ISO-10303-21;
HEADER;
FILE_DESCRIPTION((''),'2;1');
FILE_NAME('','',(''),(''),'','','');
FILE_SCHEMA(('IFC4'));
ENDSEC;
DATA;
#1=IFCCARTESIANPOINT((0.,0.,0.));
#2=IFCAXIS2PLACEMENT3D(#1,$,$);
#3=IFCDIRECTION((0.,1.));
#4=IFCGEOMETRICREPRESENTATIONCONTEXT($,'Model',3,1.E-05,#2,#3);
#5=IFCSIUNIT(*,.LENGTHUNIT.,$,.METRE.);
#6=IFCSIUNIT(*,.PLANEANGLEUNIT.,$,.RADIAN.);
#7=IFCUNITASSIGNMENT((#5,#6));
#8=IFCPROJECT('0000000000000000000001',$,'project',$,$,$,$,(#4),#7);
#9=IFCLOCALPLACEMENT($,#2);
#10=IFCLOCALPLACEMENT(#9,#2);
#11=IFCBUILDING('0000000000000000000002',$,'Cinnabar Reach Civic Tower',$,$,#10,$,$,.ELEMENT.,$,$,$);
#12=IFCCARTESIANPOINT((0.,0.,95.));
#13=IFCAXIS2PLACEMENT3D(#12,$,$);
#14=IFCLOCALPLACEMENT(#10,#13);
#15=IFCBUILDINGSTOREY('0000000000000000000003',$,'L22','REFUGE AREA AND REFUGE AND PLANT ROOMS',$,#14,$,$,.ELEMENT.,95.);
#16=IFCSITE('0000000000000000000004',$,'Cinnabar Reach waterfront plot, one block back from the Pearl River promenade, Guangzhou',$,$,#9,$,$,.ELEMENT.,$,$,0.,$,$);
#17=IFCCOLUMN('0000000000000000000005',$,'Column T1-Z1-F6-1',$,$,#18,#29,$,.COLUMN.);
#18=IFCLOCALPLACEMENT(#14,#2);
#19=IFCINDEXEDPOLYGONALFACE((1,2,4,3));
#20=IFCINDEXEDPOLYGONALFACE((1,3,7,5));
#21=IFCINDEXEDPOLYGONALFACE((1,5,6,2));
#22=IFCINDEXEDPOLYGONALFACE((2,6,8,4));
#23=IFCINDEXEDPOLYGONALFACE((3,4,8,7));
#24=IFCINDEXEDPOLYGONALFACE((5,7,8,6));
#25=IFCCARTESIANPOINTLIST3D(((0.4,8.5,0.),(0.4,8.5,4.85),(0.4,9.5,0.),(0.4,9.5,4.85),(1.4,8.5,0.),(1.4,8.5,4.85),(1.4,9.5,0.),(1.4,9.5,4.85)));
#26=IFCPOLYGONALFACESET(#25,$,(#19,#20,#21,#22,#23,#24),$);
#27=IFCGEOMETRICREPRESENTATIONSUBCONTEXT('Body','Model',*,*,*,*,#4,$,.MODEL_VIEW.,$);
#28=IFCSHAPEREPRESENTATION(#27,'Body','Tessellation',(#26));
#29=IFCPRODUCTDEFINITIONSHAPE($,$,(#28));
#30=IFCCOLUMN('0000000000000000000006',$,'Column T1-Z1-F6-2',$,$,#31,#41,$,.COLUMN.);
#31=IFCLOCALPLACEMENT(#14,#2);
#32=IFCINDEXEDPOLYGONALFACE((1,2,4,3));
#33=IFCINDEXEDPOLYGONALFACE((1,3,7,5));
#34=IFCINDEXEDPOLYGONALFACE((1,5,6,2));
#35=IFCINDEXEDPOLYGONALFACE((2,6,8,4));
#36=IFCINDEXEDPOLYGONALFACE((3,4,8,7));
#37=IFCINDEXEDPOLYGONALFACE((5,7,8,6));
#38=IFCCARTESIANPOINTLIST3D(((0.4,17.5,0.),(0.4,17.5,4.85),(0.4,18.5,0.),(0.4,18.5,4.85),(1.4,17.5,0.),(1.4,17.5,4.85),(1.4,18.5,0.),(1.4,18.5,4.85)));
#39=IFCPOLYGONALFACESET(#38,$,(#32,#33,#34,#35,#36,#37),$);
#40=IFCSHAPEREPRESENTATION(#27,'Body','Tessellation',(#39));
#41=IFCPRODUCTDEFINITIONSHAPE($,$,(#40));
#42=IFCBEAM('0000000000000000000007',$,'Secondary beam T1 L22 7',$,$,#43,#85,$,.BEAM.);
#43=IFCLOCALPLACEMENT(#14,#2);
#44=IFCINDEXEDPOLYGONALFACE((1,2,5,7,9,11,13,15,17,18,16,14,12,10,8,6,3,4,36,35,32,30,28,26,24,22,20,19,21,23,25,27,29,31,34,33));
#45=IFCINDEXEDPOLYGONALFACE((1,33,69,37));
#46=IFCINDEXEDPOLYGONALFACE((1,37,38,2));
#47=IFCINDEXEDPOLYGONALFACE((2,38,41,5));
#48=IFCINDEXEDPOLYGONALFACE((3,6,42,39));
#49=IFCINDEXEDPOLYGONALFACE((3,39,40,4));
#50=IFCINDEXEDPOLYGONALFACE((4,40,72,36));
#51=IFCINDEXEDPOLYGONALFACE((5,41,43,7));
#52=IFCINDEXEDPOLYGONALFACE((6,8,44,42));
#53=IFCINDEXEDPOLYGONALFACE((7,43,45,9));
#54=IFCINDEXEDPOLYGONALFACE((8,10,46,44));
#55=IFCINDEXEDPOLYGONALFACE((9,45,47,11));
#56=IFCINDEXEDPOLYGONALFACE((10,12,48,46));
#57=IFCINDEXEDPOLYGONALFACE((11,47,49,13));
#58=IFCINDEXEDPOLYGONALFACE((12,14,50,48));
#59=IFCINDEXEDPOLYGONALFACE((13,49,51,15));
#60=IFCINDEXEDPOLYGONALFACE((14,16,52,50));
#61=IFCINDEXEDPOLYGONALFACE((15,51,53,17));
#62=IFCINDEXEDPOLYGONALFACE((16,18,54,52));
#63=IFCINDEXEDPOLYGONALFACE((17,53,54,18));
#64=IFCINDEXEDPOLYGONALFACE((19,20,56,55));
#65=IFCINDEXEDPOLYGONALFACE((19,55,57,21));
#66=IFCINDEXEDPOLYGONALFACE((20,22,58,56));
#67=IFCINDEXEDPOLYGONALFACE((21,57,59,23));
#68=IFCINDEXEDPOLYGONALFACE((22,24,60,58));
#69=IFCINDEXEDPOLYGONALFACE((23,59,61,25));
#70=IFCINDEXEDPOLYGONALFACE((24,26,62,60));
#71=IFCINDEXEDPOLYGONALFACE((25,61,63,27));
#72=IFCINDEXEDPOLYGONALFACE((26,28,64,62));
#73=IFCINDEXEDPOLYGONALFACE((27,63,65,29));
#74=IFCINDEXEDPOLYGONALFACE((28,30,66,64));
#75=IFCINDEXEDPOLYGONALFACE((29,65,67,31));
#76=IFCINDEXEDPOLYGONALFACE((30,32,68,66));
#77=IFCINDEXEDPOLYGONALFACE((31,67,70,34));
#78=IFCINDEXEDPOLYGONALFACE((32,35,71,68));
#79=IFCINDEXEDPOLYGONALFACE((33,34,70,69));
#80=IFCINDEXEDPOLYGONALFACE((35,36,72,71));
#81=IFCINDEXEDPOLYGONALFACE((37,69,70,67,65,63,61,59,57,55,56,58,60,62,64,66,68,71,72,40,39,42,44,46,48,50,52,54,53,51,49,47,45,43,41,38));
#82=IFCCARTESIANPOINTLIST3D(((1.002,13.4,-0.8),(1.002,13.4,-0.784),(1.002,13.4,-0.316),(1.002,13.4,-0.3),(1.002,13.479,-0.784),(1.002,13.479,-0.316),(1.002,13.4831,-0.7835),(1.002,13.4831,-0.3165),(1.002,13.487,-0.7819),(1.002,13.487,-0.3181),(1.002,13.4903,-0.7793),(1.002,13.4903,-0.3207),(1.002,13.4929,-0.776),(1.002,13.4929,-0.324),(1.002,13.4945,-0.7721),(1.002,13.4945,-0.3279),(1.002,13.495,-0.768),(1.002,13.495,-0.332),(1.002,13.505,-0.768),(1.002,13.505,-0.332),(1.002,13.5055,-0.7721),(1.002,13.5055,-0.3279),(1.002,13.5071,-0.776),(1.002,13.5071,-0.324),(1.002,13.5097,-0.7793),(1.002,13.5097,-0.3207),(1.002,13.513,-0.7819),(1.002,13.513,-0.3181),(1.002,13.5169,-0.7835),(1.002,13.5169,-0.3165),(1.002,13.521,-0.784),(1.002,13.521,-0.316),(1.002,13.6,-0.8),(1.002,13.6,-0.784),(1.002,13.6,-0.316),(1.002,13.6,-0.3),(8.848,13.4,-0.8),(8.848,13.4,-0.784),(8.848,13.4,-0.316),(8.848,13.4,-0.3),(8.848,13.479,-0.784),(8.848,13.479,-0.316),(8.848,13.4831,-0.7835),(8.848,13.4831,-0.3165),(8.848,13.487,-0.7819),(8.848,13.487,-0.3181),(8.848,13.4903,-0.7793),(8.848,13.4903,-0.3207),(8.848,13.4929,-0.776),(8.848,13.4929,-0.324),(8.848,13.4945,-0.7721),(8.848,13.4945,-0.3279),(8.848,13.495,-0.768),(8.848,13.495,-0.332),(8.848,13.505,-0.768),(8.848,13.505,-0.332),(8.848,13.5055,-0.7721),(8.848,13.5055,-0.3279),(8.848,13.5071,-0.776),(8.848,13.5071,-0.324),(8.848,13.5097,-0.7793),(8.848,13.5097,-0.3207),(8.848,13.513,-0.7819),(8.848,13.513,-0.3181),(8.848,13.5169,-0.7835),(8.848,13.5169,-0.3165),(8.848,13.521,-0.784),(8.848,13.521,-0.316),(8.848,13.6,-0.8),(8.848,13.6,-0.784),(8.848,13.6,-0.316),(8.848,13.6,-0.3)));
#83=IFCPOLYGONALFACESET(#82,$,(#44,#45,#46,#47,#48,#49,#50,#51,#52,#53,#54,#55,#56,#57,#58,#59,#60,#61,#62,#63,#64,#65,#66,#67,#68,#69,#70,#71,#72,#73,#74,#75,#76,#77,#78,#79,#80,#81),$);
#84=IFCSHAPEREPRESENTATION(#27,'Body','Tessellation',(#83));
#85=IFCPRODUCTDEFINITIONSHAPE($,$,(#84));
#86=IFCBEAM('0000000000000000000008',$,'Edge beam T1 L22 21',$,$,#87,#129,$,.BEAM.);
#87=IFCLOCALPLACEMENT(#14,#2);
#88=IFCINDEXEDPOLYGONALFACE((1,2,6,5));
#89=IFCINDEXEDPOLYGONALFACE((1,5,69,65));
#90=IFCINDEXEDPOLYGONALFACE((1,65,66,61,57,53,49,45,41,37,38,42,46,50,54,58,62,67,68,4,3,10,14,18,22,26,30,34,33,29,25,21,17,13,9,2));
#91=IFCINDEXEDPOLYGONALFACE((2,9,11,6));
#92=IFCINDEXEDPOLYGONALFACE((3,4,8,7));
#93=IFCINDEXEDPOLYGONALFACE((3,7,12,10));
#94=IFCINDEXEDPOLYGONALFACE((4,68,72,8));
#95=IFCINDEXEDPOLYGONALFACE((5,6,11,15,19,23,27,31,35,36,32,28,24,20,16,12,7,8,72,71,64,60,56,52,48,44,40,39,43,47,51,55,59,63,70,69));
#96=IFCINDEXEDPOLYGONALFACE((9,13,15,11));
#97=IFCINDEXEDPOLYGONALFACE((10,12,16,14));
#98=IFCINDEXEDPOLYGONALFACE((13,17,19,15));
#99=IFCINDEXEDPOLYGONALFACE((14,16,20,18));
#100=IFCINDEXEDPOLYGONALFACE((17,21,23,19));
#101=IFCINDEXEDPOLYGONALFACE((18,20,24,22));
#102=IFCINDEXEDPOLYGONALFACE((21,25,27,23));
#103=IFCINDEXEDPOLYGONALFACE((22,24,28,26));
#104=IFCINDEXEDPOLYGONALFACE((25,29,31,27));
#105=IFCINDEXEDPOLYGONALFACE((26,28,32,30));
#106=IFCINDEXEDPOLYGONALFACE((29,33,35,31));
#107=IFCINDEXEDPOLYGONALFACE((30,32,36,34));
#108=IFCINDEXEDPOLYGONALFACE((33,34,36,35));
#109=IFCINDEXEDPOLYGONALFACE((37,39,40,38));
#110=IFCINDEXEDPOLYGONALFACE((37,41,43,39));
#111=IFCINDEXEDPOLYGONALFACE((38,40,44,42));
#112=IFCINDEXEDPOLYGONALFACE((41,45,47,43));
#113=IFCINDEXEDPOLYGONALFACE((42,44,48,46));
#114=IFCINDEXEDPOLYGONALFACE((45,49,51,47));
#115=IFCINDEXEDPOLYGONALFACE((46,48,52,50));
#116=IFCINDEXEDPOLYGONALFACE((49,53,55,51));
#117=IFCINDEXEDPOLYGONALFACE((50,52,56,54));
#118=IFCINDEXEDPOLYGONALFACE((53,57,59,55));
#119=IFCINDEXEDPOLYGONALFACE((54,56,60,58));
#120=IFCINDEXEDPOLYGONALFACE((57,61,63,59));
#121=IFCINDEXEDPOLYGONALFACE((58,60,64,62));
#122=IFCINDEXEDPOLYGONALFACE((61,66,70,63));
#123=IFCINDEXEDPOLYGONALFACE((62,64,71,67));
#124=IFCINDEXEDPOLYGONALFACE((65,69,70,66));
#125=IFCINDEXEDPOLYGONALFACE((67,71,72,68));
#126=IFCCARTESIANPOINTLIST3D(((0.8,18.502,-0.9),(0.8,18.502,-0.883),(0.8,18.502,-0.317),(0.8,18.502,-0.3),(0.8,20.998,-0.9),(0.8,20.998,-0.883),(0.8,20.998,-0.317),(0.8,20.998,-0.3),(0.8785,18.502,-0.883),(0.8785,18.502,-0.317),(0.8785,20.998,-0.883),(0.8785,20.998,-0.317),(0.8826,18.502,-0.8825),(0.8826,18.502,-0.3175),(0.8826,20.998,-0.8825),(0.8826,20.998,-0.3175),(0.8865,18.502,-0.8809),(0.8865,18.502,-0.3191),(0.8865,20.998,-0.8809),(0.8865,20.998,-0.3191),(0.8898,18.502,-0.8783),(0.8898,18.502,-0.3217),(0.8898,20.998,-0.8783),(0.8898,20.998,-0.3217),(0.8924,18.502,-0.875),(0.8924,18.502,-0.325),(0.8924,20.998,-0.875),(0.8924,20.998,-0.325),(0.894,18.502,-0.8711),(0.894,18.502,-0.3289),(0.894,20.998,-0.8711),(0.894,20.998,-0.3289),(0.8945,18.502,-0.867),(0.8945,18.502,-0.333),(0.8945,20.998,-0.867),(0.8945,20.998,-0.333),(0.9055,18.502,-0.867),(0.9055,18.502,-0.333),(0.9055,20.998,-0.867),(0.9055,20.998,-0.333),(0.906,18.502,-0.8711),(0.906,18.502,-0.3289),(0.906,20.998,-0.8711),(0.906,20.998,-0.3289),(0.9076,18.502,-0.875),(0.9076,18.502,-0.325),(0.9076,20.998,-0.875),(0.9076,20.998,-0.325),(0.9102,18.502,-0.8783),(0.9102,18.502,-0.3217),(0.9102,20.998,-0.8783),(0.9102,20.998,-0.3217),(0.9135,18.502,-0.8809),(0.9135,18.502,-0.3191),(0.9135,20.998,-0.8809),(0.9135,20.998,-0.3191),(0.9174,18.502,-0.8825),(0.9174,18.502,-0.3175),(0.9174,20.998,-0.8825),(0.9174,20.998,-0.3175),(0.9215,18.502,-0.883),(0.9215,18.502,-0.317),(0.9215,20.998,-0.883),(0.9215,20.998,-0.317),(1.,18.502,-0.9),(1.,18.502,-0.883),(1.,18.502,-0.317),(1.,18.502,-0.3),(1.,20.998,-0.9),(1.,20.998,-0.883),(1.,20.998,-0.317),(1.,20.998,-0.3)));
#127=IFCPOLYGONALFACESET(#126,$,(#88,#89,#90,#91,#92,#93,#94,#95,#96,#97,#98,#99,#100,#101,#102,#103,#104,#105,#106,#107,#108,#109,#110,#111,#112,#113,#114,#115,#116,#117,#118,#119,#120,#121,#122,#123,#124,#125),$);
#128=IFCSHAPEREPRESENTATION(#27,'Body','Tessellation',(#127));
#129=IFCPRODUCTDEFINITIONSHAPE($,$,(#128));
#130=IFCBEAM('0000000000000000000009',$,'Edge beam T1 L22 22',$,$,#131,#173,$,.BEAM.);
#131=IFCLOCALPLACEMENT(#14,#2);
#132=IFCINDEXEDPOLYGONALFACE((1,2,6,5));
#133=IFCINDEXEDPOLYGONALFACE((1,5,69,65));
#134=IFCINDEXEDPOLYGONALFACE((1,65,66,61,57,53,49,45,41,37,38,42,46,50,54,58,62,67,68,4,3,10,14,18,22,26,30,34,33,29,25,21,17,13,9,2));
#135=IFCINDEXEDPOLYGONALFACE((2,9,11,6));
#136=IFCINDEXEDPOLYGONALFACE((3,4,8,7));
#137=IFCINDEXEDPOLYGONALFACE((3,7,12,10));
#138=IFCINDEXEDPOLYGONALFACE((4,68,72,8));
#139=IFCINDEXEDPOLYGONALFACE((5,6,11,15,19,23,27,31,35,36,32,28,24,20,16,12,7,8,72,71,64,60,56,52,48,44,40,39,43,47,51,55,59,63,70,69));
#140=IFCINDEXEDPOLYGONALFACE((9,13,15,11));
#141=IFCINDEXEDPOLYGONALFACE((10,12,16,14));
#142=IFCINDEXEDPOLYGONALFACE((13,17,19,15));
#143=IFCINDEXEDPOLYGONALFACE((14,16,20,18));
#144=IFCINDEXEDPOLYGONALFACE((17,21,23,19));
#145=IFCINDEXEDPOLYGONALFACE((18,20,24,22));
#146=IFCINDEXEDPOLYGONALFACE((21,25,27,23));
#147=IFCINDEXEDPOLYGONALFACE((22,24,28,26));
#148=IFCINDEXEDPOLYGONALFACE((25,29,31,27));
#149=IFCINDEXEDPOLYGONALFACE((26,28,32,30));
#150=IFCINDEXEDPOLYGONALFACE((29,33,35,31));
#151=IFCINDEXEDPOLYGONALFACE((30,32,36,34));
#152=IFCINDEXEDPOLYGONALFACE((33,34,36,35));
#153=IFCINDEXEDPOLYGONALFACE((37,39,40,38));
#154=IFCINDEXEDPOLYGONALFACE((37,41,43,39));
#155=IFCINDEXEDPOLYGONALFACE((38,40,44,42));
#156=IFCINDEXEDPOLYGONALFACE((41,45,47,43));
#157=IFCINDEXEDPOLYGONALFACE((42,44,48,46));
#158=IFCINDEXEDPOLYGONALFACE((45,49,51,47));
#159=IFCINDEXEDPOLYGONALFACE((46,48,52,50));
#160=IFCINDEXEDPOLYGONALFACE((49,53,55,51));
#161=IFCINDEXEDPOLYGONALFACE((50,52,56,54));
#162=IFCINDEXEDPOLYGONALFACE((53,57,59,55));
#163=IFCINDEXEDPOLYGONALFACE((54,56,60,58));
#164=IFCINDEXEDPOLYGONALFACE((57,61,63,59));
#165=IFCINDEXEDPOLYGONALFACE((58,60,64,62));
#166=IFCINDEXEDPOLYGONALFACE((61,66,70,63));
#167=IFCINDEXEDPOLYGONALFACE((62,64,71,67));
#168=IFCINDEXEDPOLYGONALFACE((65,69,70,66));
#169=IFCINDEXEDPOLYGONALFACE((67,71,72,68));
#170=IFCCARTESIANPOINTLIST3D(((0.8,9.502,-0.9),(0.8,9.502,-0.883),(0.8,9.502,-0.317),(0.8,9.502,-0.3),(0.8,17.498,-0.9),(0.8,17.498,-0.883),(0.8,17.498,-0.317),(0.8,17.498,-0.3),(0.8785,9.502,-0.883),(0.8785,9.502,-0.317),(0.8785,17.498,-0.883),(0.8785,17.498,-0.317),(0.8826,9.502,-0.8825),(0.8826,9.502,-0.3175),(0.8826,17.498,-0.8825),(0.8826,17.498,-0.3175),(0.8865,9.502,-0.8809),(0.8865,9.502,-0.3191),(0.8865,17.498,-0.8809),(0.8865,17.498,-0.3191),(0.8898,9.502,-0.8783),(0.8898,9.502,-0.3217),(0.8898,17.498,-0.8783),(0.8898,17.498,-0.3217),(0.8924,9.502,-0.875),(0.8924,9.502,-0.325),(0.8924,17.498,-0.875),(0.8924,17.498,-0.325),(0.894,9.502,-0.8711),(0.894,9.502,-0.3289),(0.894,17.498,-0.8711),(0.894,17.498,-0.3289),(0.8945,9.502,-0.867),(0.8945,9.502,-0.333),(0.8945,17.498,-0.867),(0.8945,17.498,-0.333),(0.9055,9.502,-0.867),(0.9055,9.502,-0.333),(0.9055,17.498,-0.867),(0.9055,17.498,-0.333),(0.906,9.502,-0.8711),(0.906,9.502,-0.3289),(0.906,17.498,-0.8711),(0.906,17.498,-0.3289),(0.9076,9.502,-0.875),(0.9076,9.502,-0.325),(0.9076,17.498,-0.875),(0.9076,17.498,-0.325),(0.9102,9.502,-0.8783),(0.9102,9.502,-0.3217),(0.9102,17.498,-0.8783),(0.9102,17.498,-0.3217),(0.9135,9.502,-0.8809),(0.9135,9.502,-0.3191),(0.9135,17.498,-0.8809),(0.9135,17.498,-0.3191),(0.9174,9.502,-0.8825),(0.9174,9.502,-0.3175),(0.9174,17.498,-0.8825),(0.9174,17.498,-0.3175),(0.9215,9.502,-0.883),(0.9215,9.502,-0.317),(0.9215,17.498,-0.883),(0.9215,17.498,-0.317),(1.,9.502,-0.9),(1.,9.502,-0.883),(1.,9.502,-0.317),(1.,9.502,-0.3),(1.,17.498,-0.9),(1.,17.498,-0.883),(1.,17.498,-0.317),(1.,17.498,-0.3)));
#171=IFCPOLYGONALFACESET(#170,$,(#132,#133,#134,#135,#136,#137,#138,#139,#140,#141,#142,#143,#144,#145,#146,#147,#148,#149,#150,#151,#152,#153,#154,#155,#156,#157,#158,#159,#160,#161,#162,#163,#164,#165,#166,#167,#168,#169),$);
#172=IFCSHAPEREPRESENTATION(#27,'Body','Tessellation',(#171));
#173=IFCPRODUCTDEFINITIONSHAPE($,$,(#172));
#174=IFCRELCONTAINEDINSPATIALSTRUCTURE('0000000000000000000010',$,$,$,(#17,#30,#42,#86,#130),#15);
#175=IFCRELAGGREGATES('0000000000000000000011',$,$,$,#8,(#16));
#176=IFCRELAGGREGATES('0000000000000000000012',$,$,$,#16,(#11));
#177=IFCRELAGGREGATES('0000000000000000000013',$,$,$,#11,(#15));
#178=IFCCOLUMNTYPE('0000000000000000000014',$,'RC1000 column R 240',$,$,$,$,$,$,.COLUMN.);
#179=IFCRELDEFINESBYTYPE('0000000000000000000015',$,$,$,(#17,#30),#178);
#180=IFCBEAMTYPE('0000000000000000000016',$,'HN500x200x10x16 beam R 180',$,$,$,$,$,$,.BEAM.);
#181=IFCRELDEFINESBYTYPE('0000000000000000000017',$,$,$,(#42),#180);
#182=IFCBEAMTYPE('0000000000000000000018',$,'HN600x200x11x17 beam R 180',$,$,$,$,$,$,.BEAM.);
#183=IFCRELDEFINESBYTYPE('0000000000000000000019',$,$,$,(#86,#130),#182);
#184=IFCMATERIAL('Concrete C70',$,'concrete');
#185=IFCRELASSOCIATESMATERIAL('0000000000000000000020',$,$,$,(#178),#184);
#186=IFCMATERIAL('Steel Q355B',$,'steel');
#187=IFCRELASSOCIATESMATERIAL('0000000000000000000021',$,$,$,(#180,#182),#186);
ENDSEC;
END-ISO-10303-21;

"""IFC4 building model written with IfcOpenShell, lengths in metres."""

from ifc_helpers import new_model, si_unit, direction, frame, origin, origin_2d, place, context, subcontext, project, spatial, rectangle, i_section, extrude, material, material_profile, profile_set, type_object, element, save


model = new_model("IFC4")

# Units and contexts
model_context = context("Model", 3, precision=1e-05, world=origin(), true_north=direction((0.0, 1.0)))
body_context = subcontext(model_context, "Body", "Model", "MODEL_VIEW")
ifc_project = project(units=[si_unit("LENGTHUNIT", "METRE"), si_unit("PLANEANGLEUNIT", "RADIAN")], contexts=[model_context])

# Site, building, storey
site_placement = place(None, origin())
site = spatial("IfcSite", under=ifc_project, at=site_placement, Name="Cinnabar Reach waterfront plot, one block back from the Pearl River promenade, Guangzhou", CompositionType="ELEMENT", RefElevation=0.0)
building_placement = place(site_placement, origin())
building = spatial("IfcBuilding", under=site, at=building_placement, Name="Cinnabar Reach Civic Tower", CompositionType="ELEMENT")
storey_placement = place(building_placement, frame((0.0, 0.0, 95.0)))
storey = spatial("IfcBuildingStorey", under=building, at=storey_placement, Name="L22", Description="REFUGE AREA AND REFUGE AND PLANT ROOMS", CompositionType="ELEMENT", Elevation=95.0)

# Columns
ifc_material_1 = material(Name="Concrete C70", Category="concrete")
ifc_material_profile_1 = material_profile(ifc_material_1, rectangle(XDim=1.0, YDim=1.0, at=origin_2d()), Name="RC1000")
ifc_profile_set_1 = profile_set([ifc_material_profile_1], Name="Concrete C70")
column_type = type_object("IfcColumnType", Name="RC1000 column R 240", PredefinedType="COLUMN", material=ifc_profile_set_1)
for number, where, z_axis, x_axis, name in (
    (1, (0.9, 9.0, 0.0), (0.0, 0.0, 1.0), (1.0, 0.0, 0.0), "Column T1-Z1-F6-1"),
    (2, (0.9, 18.0, 0.0), (0.0, 0.0, 1.0), (1.0, 0.0, 0.0), "Column T1-Z1-F6-2"),
):
    element("IfcColumn", number, at=place(storey_placement, frame(where, z_axis=z_axis, x_axis=x_axis)), inside=storey, type_object=column_type, Name=name, PredefinedType="COLUMN", context=body_context, shape_type="SweptSolid", body=[
        extrude(rectangle(XDim=1.0, YDim=1.0, at=origin_2d()), origin(), (0.0, 0.0, 1.0), 4.85),
    ])

# Beams
ifc_material_2 = material(Name="Steel Q355B", Category="steel")
ifc_material_profile_2 = material_profile(ifc_material_2, i_section(OverallWidth=0.2, OverallDepth=0.5, WebThickness=0.01, FlangeThickness=0.016, FilletRadius=0.016, at=origin_2d()), Name="HN500x200x10x16")
ifc_profile_set_2 = profile_set([ifc_material_profile_2], Name="Steel Q355B")
beam_type_1 = type_object("IfcBeamType", Name="HN500x200x10x16 beam R 180", PredefinedType="BEAM", material=ifc_profile_set_2)
beam_1_placement = place(storey_placement, frame((1.002, 13.5, -0.55), z_axis=(1.0, 0.0, 0.0), x_axis=(0.0, 1.0, 0.0)))
element("IfcBeam", 3, at=beam_1_placement, inside=storey, type_object=beam_type_1, Name="Secondary beam T1 L22 7", PredefinedType="BEAM", context=body_context, shape_type="SweptSolid", body=[
    extrude(i_section(OverallWidth=0.2, OverallDepth=0.5, WebThickness=0.01, FlangeThickness=0.016, FilletRadius=0.016, at=origin_2d()), origin(), (0.0, 0.0, 1.0), 7.846),
])
ifc_material_profile_3 = material_profile(ifc_material_2, i_section(OverallWidth=0.2, OverallDepth=0.6, WebThickness=0.011, FlangeThickness=0.017, FilletRadius=0.016, at=origin_2d()), Name="HN600x200x11x17")
ifc_profile_set_3 = profile_set([ifc_material_profile_3], Name="Steel Q355B")
beam_type_2 = type_object("IfcBeamType", Name="HN600x200x11x17 beam R 180", PredefinedType="BEAM", material=ifc_profile_set_3)
beam_2_placement = place(storey_placement, frame((0.9, 20.998, -0.6), z_axis=(0.0, -1.0, 0.0), x_axis=(1.0, 0.0, 0.0)))
element("IfcBeam", 4, at=beam_2_placement, inside=storey, type_object=beam_type_2, Name="Edge beam T1 L22 21", PredefinedType="BEAM", context=body_context, shape_type="SweptSolid", body=[
    extrude(i_section(OverallWidth=0.2, OverallDepth=0.6, WebThickness=0.011, FlangeThickness=0.017, FilletRadius=0.016, at=origin_2d()), origin(), (0.0, 0.0, 1.0), 2.496),
])
beam_3_placement = place(storey_placement, frame((0.9, 17.498, -0.6), z_axis=(0.0, -1.0, 0.0), x_axis=(1.0, 0.0, 0.0)))
element("IfcBeam", 5, at=beam_3_placement, inside=storey, type_object=beam_type_2, Name="Edge beam T1 L22 22", PredefinedType="BEAM", context=body_context, shape_type="SweptSolid", body=[
    extrude(i_section(OverallWidth=0.2, OverallDepth=0.6, WebThickness=0.011, FlangeThickness=0.017, FilletRadius=0.016, at=origin_2d()), origin(), (0.0, 0.0, 1.0), 7.996),
])

save(model, "model.ifc")
